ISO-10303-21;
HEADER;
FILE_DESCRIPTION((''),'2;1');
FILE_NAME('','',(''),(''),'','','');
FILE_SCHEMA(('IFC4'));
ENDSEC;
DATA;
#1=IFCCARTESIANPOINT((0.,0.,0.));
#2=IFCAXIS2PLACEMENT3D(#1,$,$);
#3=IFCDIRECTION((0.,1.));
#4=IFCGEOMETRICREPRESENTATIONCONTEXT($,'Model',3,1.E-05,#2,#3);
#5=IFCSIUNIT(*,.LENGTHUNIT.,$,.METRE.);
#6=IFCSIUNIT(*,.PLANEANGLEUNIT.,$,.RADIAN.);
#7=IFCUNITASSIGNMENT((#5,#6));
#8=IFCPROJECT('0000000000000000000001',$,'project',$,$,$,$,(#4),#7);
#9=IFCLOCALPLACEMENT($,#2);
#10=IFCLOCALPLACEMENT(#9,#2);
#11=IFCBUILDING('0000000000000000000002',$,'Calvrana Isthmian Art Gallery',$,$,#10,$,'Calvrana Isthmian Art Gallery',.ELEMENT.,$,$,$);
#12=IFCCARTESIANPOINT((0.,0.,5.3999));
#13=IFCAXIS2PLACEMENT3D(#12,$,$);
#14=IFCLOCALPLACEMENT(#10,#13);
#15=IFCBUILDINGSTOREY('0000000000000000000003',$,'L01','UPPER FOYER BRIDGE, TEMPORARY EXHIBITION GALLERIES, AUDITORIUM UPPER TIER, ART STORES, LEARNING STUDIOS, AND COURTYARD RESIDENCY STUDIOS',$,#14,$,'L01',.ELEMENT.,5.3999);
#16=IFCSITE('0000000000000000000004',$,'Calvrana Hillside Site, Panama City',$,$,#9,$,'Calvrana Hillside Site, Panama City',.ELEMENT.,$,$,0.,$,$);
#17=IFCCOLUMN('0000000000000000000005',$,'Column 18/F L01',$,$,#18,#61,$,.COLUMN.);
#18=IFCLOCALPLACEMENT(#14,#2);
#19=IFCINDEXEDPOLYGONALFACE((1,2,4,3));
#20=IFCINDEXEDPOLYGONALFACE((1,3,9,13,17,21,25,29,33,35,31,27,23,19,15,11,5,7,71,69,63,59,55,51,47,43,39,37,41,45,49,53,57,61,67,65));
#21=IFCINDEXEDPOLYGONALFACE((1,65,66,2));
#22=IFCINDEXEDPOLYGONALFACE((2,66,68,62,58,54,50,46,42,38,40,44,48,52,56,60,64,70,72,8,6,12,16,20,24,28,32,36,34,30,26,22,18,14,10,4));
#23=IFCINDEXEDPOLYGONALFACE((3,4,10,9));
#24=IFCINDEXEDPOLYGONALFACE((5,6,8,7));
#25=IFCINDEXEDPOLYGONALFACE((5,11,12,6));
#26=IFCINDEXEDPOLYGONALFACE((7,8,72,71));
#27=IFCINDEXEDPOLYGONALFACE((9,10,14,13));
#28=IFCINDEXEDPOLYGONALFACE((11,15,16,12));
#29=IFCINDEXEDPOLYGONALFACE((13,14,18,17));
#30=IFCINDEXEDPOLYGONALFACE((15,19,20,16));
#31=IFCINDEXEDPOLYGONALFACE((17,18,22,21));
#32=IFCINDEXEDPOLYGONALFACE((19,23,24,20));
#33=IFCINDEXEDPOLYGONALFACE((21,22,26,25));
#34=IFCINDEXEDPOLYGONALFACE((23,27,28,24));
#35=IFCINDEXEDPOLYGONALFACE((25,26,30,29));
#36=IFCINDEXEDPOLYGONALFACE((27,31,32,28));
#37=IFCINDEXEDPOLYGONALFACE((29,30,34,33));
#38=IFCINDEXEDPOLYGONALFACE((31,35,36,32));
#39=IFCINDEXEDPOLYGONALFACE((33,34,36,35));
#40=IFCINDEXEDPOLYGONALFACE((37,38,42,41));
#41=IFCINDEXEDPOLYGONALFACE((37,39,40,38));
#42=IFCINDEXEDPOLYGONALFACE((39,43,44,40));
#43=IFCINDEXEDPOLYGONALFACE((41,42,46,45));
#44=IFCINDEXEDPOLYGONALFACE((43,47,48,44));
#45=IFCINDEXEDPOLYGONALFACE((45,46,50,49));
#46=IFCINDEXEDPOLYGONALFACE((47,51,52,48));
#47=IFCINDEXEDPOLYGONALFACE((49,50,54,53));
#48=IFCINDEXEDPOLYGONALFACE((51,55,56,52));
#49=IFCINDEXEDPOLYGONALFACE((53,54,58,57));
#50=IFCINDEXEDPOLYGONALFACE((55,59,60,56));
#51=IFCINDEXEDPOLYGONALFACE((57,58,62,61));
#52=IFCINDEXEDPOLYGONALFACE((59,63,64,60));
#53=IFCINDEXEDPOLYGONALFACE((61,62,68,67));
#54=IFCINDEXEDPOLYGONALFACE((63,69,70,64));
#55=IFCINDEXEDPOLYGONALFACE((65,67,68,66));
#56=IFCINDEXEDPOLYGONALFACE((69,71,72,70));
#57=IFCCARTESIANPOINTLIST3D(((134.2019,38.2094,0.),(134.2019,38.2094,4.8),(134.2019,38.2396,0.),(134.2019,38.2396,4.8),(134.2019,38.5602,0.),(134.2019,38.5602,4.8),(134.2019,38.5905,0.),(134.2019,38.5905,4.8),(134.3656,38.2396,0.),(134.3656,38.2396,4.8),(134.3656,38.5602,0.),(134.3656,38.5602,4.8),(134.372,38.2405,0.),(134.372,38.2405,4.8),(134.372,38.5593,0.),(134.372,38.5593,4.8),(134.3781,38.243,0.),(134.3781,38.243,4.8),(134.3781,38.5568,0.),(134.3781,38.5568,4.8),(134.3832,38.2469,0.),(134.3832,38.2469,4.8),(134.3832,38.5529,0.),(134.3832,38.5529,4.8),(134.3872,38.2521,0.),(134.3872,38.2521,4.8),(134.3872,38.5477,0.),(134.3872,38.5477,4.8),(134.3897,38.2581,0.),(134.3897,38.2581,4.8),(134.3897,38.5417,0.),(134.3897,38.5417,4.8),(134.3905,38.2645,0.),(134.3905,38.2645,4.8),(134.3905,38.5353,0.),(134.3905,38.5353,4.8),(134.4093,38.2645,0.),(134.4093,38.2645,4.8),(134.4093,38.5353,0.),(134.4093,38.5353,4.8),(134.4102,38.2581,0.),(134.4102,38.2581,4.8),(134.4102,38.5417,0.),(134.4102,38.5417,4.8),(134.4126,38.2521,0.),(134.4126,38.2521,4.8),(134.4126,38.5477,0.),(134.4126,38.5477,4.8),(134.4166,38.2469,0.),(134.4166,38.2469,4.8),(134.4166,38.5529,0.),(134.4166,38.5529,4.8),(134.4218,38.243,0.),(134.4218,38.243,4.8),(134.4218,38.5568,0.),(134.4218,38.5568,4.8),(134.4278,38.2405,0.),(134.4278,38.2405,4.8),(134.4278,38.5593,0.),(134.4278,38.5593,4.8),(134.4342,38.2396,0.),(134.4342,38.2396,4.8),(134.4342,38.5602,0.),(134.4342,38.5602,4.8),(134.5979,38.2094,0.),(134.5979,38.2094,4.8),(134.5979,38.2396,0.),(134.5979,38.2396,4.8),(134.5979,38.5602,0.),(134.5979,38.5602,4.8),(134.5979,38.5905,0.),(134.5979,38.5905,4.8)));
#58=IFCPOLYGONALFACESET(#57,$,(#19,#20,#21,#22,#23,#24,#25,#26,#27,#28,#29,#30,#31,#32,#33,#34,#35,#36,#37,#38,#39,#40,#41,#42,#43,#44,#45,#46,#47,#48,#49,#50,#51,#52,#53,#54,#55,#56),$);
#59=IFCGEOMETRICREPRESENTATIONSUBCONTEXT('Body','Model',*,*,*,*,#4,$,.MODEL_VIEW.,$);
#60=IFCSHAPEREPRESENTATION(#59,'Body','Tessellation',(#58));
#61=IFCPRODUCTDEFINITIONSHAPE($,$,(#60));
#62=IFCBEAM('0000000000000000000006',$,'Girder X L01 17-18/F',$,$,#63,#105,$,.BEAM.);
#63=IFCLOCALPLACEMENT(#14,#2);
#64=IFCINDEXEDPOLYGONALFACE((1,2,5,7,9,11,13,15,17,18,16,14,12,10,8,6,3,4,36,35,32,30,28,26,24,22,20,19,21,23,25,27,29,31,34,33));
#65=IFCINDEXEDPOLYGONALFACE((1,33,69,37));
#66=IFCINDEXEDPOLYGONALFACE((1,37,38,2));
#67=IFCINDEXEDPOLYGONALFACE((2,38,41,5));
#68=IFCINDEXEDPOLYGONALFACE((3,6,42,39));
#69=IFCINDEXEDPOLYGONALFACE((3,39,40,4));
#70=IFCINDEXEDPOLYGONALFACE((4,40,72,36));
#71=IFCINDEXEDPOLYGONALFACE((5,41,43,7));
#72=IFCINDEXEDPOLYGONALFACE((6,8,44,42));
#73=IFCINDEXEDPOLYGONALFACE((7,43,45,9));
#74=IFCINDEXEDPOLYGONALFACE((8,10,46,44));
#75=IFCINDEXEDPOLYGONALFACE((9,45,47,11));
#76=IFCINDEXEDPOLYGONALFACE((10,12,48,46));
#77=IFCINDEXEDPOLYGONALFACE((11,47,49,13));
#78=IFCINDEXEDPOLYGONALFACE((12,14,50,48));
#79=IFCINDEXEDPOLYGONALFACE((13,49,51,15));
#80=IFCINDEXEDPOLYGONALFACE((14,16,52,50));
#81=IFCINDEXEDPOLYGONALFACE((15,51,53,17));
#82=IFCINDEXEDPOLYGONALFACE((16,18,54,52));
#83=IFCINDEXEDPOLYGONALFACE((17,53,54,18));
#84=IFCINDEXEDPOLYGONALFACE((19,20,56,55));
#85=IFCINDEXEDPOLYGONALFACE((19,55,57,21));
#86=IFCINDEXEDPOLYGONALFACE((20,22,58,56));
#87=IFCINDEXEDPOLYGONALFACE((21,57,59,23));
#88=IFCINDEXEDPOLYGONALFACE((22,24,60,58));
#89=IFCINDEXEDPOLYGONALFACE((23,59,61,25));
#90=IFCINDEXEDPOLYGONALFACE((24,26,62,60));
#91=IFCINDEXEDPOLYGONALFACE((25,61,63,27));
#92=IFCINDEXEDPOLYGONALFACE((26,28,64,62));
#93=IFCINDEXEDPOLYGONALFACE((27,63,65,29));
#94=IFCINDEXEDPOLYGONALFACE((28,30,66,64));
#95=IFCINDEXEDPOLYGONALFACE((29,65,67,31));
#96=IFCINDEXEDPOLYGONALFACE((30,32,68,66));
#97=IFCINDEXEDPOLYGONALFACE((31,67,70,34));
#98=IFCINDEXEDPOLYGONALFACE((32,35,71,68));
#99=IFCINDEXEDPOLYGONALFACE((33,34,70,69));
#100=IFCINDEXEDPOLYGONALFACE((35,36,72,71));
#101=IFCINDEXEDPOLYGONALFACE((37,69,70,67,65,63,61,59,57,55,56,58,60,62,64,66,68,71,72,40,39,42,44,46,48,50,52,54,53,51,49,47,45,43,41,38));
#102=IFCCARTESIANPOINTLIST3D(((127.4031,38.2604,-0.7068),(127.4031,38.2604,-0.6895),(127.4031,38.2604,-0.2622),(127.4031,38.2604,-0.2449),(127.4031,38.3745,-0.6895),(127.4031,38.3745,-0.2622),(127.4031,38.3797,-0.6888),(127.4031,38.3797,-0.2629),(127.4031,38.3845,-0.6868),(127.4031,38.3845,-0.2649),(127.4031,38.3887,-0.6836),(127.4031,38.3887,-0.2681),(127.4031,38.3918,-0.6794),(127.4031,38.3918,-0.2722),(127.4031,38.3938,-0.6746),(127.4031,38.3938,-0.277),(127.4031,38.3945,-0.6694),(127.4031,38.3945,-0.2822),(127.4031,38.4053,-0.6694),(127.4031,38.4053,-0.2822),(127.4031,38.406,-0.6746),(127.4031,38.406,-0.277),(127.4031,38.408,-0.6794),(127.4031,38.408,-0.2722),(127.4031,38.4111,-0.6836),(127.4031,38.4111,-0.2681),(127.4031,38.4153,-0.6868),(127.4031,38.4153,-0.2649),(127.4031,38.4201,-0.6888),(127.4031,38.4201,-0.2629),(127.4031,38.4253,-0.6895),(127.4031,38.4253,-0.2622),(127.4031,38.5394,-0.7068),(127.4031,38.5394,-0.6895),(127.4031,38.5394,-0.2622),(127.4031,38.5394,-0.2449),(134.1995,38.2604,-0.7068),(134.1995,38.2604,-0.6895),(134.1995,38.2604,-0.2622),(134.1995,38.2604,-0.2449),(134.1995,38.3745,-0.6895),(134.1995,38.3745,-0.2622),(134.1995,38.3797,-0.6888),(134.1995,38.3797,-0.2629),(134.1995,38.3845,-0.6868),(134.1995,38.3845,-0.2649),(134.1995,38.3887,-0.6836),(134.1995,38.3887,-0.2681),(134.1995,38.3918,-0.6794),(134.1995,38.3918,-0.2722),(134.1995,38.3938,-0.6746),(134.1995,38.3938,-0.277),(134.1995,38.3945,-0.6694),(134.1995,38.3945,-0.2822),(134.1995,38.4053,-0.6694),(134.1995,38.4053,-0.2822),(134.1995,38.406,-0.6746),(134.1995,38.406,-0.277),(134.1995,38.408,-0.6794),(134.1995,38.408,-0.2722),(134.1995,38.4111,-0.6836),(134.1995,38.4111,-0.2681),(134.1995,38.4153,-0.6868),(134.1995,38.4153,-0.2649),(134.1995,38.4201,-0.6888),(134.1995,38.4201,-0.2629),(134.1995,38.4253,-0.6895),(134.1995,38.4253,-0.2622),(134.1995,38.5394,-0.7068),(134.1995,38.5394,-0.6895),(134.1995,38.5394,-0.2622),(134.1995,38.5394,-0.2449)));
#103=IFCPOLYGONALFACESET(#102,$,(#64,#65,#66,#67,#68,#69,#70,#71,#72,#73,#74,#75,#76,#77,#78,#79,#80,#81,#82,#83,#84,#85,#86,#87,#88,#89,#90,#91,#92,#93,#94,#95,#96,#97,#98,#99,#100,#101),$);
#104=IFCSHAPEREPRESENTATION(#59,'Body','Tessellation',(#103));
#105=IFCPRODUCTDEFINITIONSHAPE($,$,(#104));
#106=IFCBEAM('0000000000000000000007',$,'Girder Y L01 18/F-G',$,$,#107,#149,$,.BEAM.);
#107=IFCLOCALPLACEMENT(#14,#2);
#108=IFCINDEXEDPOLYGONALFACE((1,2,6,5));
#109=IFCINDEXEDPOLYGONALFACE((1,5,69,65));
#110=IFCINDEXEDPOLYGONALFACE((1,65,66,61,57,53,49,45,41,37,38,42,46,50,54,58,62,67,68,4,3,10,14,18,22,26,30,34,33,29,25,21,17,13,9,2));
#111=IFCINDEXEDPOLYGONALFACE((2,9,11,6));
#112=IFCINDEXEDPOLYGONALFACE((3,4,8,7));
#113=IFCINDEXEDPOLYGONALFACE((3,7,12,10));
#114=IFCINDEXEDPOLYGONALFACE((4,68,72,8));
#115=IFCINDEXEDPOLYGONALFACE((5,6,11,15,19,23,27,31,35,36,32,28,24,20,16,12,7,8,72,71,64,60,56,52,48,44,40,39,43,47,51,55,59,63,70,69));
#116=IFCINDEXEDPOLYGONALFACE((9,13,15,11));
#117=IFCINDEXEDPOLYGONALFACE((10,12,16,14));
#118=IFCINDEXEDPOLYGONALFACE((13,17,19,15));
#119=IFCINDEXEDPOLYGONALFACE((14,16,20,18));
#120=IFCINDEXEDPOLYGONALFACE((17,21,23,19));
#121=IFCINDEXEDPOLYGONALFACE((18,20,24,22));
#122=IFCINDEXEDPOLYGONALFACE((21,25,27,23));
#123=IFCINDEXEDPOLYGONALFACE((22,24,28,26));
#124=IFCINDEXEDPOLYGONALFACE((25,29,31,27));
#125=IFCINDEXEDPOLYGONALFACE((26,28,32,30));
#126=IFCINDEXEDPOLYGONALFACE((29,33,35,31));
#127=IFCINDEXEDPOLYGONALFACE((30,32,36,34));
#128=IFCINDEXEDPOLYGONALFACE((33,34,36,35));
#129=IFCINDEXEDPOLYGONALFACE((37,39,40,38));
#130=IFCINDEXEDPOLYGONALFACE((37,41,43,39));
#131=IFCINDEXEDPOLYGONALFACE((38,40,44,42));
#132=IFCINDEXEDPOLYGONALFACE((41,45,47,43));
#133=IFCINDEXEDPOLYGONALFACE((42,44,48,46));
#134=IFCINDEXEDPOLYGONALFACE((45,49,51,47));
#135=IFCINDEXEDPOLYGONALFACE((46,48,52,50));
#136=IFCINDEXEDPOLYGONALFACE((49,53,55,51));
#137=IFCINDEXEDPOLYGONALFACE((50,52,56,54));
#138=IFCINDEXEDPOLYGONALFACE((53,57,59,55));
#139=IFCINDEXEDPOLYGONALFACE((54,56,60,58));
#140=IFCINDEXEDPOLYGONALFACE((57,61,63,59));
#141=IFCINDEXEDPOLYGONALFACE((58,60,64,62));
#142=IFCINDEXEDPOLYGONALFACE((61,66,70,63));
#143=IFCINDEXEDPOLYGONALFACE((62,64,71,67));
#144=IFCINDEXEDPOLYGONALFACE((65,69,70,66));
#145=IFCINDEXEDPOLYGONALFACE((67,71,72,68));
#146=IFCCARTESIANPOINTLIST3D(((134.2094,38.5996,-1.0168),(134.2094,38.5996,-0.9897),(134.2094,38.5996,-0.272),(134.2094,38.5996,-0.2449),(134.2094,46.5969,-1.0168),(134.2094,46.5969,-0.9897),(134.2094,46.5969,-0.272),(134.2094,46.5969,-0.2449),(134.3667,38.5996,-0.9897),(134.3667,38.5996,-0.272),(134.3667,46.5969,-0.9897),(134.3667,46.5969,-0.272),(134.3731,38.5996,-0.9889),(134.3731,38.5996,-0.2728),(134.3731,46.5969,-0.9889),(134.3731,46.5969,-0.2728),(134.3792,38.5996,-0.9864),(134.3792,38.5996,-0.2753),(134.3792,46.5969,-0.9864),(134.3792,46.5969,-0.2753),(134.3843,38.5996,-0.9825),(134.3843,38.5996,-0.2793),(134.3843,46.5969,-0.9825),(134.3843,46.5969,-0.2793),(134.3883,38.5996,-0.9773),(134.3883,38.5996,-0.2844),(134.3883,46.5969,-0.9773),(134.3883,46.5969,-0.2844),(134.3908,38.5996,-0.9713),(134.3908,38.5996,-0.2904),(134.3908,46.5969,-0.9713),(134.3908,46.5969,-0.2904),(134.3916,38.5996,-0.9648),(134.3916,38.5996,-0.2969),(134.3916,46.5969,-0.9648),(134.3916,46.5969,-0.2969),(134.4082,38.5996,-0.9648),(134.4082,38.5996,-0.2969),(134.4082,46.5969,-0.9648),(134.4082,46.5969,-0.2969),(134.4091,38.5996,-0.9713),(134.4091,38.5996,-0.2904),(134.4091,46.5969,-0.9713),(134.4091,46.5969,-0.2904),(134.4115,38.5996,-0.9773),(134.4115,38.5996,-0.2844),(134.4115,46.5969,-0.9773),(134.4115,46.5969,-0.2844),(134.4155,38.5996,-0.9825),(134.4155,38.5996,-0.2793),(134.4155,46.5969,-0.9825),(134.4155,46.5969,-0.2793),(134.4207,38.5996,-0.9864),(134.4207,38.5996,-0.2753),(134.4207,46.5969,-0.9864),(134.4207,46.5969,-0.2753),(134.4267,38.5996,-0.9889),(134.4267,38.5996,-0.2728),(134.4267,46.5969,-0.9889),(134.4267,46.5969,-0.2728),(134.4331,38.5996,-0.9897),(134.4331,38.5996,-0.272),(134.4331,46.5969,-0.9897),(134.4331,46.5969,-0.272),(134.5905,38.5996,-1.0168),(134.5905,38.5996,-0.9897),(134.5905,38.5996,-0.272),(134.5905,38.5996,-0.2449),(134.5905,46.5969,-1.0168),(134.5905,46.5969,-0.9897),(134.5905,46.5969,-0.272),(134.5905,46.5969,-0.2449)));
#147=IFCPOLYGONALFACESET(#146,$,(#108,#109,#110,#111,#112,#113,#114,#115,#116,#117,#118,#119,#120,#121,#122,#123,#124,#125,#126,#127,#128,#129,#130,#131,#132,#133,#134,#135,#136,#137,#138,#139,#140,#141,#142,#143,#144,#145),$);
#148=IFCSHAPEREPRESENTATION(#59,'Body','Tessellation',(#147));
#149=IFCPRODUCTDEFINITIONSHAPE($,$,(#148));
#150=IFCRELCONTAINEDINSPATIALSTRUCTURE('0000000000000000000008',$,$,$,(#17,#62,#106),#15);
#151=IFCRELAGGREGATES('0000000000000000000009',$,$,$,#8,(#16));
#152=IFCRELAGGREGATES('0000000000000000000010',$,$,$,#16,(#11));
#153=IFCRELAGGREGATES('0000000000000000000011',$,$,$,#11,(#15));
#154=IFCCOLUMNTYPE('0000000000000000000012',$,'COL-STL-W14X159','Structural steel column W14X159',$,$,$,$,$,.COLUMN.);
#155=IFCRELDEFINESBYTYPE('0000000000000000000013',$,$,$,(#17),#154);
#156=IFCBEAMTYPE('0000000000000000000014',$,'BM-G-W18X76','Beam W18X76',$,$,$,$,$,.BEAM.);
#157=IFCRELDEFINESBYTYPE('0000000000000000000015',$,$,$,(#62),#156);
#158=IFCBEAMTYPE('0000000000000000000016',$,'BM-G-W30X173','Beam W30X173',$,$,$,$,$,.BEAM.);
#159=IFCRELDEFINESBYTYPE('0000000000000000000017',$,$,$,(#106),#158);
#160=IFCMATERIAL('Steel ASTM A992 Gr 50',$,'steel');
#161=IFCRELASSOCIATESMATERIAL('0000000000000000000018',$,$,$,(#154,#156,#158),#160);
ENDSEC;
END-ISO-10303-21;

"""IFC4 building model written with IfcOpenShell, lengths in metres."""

from ifc_helpers import new_model, si_unit, direction, frame, origin, origin_2d, place, context, subcontext, project, spatial, i_section, extrude, material, material_profile, profile_set, type_object, element, save


model = new_model("IFC4")

# Units and contexts
model_context = context("Model", 3, precision=1e-05, world=origin(), true_north=direction((0.0, 1.0)))
body_context = subcontext(model_context, "Body", "Model", "MODEL_VIEW")
ifc_project = project(units=[si_unit("LENGTHUNIT", "METRE"), si_unit("PLANEANGLEUNIT", "RADIAN")], contexts=[model_context])

# Site, building, storey
site_placement = place(None, origin())
site = spatial("IfcSite", under=ifc_project, at=site_placement, Name="Calvrana Hillside Site, Panama City", LongName="Calvrana Hillside Site, Panama City", CompositionType="ELEMENT", RefElevation=0.0)
building_placement = place(site_placement, origin())
building = spatial("IfcBuilding", under=site, at=building_placement, Name="Calvrana Isthmian Art Gallery", LongName="Calvrana Isthmian Art Gallery", CompositionType="ELEMENT")
storey_placement = place(building_placement, frame((0.0, 0.0, 5.3999)))
storey = spatial("IfcBuildingStorey", under=building, at=storey_placement, Name="L01", Description="UPPER FOYER BRIDGE, TEMPORARY EXHIBITION GALLERIES, AUDITORIUM UPPER TIER, ART STORES, LEARNING STUDIOS, AND COURTYARD RESIDENCY STUDIOS", LongName="L01", CompositionType="ELEMENT", Elevation=5.3999)

# Column
ifc_material_1 = material(Name="Steel ASTM A992 Gr 50", Category="steel")
ifc_material_profile_1 = material_profile(ifc_material_1, i_section(OverallWidth=0.396, OverallDepth=0.3811, WebThickness=0.0188, FlangeThickness=0.0303, FilletRadius=0.0249, at=origin_2d()), Name="W14X159")
ifc_profile_set_1 = profile_set([ifc_material_profile_1], Name="Steel ASTM A992 Gr 50")
column_type = type_object("IfcColumnType", Name="COL-STL-W14X159", Description="Structural steel column W14X159", PredefinedType="COLUMN", material=ifc_profile_set_1)
column_placement = place(storey_placement, frame((134.3999, 38.3999, 0.0), z_axis=(0.0, 0.0, 1.0), x_axis=(1.0, 0.0, 0.0)))
element("IfcColumn", 1, at=column_placement, inside=storey, type_object=column_type, Name="Column 18/F L01", PredefinedType="COLUMN", context=body_context, shape_type="SweptSolid", body=[
    extrude(i_section(OverallWidth=0.396, OverallDepth=0.3811, WebThickness=0.0188, FlangeThickness=0.0303, FilletRadius=0.0249, at=origin_2d()), origin(), (0.0, 0.0, 1.0), 4.8),
])

# Beams
ifc_material_profile_2 = material_profile(ifc_material_1, i_section(OverallWidth=0.2791, OverallDepth=0.4619, WebThickness=0.0107, FlangeThickness=0.0173, FilletRadius=0.02, at=origin_2d()), Name="W18X76")
ifc_profile_set_2 = profile_set([ifc_material_profile_2], Name="Steel ASTM A992 Gr 50")
beam_type_1 = type_object("IfcBeamType", Name="BM-G-W18X76", Description="Beam W18X76", PredefinedType="BEAM", material=ifc_profile_set_2)
beam_1_placement = place(storey_placement, frame((127.4031, 38.3999, -0.4758), z_axis=(1.0, 0.0, 0.0), x_axis=(0.0, 1.0, 0.0)))
element("IfcBeam", 2, at=beam_1_placement, inside=storey, type_object=beam_type_1, Name="Girder X L01 17-18/F", PredefinedType="BEAM", context=body_context, shape_type="SweptSolid", body=[
    extrude(i_section(OverallWidth=0.2791, OverallDepth=0.4619, WebThickness=0.0107, FlangeThickness=0.0173, FilletRadius=0.02, at=origin_2d()), origin(), (0.0, 0.0, 1.0), 6.7964),
])
ifc_material_profile_3 = material_profile(ifc_material_1, i_section(OverallWidth=0.3811, OverallDepth=0.772, WebThickness=0.0166, FlangeThickness=0.0271, FilletRadius=0.0249, at=origin_2d()), Name="W30X173")
ifc_profile_set_3 = profile_set([ifc_material_profile_3], Name="Steel ASTM A992 Gr 50")
beam_type_2 = type_object("IfcBeamType", Name="BM-G-W30X173", Description="Beam W30X173", PredefinedType="BEAM", material=ifc_profile_set_3)
beam_2_placement = place(storey_placement, frame((134.3999, 38.5996, -0.6309), z_axis=(0.0, 1.0, 0.0), x_axis=(-1.0, 0.0, 0.0)))
element("IfcBeam", 3, at=beam_2_placement, inside=storey, type_object=beam_type_2, Name="Girder Y L01 18/F-G", PredefinedType="BEAM", context=body_context, shape_type="SweptSolid", body=[
    extrude(i_section(OverallWidth=0.3811, OverallDepth=0.772, WebThickness=0.0166, FlangeThickness=0.0271, FilletRadius=0.0249, at=origin_2d()), origin(), (0.0, 0.0, 1.0), 7.9973),
])

save(model, "model.ifc")
